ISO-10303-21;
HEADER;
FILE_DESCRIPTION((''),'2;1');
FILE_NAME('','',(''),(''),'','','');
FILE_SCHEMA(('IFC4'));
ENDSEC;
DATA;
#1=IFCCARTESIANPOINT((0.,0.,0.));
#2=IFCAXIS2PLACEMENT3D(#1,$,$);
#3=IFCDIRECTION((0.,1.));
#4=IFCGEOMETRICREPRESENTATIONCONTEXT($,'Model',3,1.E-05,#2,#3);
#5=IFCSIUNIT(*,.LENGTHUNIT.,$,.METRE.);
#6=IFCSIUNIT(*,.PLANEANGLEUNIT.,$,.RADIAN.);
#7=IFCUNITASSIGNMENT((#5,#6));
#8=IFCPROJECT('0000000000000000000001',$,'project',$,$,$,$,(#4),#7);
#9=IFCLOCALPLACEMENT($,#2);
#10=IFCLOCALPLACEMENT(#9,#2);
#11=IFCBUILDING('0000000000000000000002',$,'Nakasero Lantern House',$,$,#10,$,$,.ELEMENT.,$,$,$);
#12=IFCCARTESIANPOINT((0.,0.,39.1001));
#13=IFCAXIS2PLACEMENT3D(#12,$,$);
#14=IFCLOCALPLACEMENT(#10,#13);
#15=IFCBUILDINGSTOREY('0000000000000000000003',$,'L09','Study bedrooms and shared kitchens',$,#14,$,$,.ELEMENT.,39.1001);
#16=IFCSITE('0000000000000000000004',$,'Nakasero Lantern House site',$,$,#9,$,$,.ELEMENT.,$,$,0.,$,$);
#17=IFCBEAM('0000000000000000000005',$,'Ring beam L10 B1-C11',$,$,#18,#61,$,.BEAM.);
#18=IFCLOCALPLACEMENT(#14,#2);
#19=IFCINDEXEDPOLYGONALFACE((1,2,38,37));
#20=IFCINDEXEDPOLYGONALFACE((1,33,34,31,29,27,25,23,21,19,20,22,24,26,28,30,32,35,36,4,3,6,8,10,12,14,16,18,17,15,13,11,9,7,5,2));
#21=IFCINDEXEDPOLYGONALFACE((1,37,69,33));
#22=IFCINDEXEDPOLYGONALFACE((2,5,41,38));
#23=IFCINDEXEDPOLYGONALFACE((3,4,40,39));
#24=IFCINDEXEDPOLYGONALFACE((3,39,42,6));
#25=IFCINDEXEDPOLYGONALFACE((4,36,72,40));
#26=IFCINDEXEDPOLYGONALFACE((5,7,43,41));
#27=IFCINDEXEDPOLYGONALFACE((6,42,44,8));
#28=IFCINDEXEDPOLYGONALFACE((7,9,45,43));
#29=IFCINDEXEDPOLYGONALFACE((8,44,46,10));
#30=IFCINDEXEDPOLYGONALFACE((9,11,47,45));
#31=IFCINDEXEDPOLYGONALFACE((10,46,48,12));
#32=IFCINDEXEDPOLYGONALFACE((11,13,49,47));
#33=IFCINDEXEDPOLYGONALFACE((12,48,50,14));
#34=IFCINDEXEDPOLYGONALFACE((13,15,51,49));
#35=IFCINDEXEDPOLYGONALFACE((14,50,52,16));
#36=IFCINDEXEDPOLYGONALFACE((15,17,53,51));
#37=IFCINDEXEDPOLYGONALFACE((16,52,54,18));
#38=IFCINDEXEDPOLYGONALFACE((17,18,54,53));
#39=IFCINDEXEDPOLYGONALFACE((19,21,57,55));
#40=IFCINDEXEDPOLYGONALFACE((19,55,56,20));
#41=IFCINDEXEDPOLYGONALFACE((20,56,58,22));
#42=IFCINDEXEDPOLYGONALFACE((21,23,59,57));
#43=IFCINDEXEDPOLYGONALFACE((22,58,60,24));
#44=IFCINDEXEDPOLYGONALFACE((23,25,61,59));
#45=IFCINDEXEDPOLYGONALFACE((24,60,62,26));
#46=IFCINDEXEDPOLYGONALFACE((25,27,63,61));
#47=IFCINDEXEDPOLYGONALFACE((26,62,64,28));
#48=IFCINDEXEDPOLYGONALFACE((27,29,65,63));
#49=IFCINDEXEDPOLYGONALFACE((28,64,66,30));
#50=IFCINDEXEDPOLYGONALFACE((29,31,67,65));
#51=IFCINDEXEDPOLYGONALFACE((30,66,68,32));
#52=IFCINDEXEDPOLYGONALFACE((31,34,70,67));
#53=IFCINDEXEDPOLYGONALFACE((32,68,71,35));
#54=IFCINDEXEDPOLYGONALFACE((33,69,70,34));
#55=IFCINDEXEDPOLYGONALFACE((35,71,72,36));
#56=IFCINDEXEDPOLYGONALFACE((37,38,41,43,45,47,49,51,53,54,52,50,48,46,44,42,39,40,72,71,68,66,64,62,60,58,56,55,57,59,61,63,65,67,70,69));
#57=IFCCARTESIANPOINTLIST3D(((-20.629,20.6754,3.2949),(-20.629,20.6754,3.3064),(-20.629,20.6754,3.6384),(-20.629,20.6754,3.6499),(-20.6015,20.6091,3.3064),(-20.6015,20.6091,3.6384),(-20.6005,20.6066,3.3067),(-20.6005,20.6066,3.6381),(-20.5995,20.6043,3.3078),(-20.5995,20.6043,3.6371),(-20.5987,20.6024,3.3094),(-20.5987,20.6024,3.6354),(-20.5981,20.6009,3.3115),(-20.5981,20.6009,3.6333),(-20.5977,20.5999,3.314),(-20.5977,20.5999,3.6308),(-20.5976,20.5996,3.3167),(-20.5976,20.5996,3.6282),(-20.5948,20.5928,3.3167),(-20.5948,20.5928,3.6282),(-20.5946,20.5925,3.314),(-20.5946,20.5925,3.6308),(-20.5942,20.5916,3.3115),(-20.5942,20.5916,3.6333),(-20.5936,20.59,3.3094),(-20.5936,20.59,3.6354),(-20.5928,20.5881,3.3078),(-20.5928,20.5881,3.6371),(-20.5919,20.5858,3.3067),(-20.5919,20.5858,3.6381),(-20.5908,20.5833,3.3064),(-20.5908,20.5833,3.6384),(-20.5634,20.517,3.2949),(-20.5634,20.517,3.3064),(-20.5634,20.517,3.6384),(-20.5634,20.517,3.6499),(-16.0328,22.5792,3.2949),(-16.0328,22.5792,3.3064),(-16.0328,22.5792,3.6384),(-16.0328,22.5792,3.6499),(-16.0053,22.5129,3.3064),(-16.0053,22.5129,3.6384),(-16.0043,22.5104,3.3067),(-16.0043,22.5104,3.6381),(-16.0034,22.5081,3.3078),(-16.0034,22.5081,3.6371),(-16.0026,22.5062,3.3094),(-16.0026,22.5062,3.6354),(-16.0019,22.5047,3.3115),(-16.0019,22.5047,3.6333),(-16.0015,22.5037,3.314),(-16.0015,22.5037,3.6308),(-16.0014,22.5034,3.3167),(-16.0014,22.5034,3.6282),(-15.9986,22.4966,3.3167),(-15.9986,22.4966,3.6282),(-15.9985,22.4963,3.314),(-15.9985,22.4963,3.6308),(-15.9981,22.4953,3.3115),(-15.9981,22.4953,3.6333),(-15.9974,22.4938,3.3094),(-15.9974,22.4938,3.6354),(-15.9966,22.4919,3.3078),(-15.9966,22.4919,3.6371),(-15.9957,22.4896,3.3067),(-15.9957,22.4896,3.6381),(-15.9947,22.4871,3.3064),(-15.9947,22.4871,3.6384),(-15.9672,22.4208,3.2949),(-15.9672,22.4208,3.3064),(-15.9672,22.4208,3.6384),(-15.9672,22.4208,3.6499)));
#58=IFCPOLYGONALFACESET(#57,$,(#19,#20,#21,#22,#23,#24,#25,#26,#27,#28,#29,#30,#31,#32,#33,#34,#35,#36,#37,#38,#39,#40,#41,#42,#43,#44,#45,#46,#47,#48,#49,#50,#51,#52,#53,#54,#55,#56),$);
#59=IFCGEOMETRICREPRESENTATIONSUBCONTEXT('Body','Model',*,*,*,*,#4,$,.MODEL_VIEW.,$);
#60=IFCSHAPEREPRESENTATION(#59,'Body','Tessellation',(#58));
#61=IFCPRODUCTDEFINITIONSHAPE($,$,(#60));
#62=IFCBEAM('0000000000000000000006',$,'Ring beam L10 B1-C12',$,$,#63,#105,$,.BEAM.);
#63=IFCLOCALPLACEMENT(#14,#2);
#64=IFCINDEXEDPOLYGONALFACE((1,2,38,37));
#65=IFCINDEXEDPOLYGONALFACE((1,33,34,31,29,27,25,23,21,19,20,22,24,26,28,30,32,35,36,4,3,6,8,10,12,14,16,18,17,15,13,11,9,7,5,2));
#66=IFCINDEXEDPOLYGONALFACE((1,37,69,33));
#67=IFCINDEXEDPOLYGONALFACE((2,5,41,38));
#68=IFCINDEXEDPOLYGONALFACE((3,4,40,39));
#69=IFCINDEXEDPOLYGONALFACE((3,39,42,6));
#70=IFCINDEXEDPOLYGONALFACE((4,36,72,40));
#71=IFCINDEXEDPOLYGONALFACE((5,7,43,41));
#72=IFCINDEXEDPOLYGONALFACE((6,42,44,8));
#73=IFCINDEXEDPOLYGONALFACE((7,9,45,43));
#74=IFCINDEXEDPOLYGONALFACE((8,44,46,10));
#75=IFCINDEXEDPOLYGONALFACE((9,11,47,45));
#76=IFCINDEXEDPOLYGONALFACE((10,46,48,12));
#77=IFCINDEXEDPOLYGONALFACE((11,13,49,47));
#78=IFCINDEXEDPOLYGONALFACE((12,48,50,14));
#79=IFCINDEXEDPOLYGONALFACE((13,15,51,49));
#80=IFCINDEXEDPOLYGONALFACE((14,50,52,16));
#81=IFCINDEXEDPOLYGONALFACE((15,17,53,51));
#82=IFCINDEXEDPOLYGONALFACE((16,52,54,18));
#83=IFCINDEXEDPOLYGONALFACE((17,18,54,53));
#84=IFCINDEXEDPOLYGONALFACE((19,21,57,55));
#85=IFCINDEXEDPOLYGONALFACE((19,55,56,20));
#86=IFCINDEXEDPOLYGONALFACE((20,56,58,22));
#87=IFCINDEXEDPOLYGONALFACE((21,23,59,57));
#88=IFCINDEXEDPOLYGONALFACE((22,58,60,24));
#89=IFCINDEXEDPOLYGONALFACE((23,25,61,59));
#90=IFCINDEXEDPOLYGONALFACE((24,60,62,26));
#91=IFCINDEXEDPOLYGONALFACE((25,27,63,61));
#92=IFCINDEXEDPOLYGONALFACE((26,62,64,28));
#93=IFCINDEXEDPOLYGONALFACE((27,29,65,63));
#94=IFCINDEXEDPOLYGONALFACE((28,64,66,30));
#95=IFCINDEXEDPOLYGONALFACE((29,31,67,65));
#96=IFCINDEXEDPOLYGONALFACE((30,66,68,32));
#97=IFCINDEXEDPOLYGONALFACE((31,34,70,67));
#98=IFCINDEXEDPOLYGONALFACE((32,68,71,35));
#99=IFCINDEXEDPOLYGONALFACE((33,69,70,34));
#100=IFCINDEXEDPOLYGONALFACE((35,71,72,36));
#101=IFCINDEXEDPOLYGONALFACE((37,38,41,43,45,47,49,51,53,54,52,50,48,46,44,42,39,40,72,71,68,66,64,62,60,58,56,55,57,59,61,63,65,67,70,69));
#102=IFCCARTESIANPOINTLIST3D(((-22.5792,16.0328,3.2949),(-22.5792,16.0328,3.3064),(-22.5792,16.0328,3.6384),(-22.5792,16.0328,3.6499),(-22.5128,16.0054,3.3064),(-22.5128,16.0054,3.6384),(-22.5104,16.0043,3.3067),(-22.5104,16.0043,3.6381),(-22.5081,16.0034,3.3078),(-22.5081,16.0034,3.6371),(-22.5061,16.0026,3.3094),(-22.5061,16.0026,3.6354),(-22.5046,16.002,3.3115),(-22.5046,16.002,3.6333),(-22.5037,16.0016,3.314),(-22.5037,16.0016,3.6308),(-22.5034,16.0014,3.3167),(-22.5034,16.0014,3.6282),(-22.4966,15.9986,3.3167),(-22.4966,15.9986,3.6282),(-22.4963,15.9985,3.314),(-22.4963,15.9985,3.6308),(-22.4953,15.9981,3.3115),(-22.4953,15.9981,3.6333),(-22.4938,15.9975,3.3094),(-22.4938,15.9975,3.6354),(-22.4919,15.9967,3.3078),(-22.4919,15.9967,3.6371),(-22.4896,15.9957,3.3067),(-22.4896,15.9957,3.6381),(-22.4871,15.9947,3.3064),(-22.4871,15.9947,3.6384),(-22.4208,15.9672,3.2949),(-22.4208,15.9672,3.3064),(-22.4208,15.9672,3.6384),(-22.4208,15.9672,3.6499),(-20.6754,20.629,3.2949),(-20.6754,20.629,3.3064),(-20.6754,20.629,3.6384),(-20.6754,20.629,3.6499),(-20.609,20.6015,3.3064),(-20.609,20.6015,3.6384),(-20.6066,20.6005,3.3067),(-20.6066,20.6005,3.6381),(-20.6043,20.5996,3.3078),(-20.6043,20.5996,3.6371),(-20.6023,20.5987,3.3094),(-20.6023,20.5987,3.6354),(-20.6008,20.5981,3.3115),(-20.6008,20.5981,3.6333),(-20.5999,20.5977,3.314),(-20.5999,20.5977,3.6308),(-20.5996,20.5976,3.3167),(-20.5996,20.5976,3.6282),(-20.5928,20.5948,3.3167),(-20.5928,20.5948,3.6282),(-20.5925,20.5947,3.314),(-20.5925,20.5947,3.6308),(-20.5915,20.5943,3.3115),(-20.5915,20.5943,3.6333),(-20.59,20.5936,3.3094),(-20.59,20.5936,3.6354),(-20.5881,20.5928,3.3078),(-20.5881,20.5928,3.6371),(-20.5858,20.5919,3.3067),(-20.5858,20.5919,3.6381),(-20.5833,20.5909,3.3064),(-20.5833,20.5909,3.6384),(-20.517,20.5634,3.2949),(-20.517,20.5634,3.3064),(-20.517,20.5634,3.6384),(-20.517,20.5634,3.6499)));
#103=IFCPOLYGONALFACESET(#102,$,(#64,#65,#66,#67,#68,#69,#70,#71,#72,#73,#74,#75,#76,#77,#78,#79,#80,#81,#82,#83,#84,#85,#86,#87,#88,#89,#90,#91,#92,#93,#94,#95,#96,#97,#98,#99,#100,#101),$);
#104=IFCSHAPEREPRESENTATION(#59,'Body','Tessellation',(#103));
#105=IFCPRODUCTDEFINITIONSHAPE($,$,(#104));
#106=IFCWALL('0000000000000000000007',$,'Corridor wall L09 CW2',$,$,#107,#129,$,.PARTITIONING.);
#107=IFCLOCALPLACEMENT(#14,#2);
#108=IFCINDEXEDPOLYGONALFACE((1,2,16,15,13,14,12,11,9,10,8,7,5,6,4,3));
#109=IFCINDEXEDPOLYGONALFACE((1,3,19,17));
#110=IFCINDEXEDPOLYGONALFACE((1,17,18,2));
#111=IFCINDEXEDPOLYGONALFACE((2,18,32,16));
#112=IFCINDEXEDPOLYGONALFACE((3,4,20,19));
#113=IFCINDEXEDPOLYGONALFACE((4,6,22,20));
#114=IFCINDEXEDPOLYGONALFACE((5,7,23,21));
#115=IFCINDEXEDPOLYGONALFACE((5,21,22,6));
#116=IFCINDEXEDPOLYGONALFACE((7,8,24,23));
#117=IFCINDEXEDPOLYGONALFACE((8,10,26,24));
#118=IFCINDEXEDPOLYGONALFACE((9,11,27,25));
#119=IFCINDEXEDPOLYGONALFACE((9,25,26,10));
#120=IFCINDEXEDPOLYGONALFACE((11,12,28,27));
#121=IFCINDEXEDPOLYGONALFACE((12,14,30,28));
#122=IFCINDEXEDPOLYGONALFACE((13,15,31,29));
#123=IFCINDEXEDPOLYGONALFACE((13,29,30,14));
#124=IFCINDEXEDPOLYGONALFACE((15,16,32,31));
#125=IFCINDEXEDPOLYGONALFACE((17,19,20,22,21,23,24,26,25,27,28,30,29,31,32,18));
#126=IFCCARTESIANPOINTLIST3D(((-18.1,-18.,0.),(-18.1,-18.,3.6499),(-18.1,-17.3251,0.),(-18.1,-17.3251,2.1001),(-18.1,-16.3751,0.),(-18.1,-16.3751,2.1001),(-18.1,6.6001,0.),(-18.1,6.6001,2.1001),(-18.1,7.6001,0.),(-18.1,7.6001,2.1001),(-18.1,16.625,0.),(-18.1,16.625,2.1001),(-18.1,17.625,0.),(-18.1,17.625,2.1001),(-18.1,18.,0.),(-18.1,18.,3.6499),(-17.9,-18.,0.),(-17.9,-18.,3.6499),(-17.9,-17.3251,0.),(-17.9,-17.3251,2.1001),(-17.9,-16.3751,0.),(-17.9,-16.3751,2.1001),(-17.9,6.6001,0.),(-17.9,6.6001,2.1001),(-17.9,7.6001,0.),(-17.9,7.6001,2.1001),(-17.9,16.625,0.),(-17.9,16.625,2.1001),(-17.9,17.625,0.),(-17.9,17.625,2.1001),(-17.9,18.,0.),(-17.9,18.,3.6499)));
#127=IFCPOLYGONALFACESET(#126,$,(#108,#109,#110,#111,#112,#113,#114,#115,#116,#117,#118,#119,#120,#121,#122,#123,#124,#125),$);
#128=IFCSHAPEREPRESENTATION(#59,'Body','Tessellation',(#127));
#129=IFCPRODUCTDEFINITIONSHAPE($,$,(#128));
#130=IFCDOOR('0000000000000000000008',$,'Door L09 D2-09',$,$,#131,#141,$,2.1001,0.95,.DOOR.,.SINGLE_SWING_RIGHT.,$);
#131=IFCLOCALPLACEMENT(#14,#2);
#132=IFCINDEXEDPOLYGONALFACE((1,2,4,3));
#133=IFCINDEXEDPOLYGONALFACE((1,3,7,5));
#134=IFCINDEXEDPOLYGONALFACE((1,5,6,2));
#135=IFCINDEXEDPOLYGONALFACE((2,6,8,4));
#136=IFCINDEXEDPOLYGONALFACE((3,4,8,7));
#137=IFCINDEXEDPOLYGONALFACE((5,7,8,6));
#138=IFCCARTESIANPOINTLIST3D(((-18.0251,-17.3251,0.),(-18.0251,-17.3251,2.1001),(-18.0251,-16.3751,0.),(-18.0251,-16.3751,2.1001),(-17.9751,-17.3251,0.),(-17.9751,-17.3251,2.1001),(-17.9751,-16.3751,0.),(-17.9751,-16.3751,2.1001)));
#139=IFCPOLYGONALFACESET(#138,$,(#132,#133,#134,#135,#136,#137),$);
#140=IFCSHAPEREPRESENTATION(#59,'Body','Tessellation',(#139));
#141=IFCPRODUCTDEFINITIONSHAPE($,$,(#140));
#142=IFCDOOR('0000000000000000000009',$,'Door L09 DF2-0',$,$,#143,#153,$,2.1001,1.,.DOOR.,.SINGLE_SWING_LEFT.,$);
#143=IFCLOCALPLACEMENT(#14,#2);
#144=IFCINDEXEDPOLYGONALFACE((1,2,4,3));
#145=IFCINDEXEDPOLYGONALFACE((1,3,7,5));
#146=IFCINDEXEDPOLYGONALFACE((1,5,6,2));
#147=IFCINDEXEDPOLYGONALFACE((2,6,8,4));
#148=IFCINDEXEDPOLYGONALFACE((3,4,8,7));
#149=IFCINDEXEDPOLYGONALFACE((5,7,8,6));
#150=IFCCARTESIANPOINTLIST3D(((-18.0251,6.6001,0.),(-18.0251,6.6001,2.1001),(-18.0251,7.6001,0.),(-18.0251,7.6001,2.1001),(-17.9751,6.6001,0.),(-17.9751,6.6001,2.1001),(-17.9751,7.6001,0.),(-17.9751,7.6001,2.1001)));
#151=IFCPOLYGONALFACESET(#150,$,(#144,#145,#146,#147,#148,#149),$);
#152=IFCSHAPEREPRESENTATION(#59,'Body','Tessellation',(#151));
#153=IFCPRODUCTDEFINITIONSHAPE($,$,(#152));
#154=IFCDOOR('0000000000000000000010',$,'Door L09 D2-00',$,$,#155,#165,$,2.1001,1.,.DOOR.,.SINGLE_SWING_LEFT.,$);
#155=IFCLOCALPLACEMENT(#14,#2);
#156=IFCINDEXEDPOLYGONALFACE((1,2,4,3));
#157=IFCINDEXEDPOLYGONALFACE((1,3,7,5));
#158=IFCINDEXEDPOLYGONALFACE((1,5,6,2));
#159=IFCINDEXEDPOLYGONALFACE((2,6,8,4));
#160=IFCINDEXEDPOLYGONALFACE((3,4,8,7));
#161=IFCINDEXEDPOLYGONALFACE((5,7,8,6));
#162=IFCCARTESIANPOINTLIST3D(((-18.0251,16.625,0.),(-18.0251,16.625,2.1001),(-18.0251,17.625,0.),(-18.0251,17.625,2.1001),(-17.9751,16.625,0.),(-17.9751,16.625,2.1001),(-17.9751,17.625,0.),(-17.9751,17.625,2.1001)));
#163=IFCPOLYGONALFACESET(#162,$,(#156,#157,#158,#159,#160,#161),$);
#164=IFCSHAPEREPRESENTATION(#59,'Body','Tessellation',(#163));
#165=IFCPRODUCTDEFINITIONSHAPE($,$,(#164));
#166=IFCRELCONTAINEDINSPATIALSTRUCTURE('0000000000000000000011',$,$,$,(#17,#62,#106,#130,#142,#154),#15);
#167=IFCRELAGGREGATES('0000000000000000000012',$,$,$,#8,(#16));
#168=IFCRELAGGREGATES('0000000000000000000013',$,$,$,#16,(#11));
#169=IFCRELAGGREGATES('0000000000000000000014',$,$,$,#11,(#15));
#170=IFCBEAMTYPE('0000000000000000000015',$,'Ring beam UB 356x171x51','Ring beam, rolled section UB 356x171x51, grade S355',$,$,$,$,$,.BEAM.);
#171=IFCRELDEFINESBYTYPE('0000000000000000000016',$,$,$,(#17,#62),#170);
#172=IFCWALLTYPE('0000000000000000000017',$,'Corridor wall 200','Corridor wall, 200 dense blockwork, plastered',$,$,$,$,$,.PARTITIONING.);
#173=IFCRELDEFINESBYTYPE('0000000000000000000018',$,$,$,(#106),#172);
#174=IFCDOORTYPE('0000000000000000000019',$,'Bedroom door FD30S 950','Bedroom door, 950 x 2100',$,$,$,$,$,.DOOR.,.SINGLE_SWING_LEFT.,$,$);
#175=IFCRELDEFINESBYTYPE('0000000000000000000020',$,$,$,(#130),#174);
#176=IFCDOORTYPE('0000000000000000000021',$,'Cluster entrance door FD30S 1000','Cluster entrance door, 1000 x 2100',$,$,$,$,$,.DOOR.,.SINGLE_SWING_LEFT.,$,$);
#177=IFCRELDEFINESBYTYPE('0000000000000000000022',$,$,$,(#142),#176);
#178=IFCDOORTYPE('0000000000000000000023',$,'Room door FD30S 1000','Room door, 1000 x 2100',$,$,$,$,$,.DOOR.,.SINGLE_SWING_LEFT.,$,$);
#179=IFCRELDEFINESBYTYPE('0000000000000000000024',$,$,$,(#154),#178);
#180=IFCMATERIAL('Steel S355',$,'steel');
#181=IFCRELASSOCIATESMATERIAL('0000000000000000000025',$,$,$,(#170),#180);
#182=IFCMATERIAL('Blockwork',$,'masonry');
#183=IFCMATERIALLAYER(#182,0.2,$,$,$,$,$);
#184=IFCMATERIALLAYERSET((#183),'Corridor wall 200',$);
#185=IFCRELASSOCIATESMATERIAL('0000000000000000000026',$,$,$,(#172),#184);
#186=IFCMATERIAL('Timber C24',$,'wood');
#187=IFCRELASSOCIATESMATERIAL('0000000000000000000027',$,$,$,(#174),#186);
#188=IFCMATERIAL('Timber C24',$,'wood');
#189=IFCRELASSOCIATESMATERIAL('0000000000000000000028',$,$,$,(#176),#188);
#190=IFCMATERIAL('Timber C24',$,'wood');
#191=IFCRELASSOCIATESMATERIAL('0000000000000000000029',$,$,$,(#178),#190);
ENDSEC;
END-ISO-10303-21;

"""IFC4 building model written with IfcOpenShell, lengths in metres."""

from ifc_helpers import new_model, si_unit, direction, frame, frame_2d, origin, origin_2d, place, context, subcontext, project, spatial, rectangle, i_section, extrude, material, layer, layer_set, material_profile, profile_set, type_object, element, fill, save


model = new_model("IFC4")

# Units and contexts
model_context = context("Model", 3, precision=1e-05, world=origin(), true_north=direction((0.0, 1.0)))
body_context = subcontext(model_context, "Body", "Model", "MODEL_VIEW")
ifc_project = project(units=[si_unit("LENGTHUNIT", "METRE"), si_unit("PLANEANGLEUNIT", "RADIAN")], contexts=[model_context])

# Site, building, storey
site_placement = place(None, origin())
site = spatial("IfcSite", under=ifc_project, at=site_placement, Name="Nakasero Lantern House site", CompositionType="ELEMENT", RefElevation=0.0)
building_placement = place(site_placement, origin())
building = spatial("IfcBuilding", under=site, at=building_placement, Name="Nakasero Lantern House", CompositionType="ELEMENT")
storey_placement = place(building_placement, frame((0.0, 0.0, 39.1001)))
storey = spatial("IfcBuildingStorey", under=building, at=storey_placement, Name="L09", Description="Study bedrooms and shared kitchens", CompositionType="ELEMENT", Elevation=39.1001)

# Beams
ifc_material_1 = material(Name="Steel S355", Category="steel")
ifc_material_profile_1 = material_profile(ifc_material_1, i_section(OverallWidth=0.1714, OverallDepth=0.355, WebThickness=0.0073, FlangeThickness=0.0115, FilletRadius=0.0103, at=origin_2d()), Name="UB 356x171x51")
ifc_profile_set_1 = profile_set([ifc_material_profile_1], Name="Steel S355")
beam_type_1 = type_object("IfcBeamType", Name="Ring beam UB 356x171x51", Description="Ring beam, rolled section UB 356x171x51, grade S355", PredefinedType="BEAM", material=ifc_profile_set_1)
for number, where, z_axis, x_axis, name in (
    (1, (-16.0, 22.5, 3.4724), (-0.923879, -0.382684, 0.0), (0.382684, -0.923879, 0.0), "Ring beam L10 B1-C11"),
    (2, (-20.5962, 20.5962, 3.4724), (-0.382684, -0.923879, 0.0), (0.923879, -0.382684, 0.0), "Ring beam L10 B1-C12"),
):
    element("IfcBeam", number, at=place(storey_placement, frame(where, z_axis=z_axis, x_axis=x_axis)), inside=storey, type_object=beam_type_1, Name=name, PredefinedType="BEAM", context=body_context, shape_type="SweptSolid", body=[
        extrude(i_section(OverallWidth=0.1714, OverallDepth=0.355, WebThickness=0.0073, FlangeThickness=0.0115, FilletRadius=0.0103, at=origin_2d()), origin(), (0.0, 0.0, 1.0), 4.9749),
    ])

# Wall, openings, doors
ifc_material_2 = material(Name="Blockwork", Category="masonry")
ifc_layer_1 = layer(ifc_material_2, 0.2)
ifc_layer_set_1 = layer_set([ifc_layer_1], Name="Corridor wall 200")
wall_type_1 = type_object("IfcWallType", Name="Corridor wall 200", Description="Corridor wall, 200 dense blockwork, plastered", PredefinedType="PARTITIONING", material=ifc_layer_set_1)
wall_1_placement = place(storey_placement, frame((-18.0, 18.0, 0.0), z_axis=(0.0, 0.0, 1.0), x_axis=(0.0, -1.0, 0.0)))
wall_1 = element("IfcWall", 3, at=wall_1_placement, inside=storey, type_object=wall_type_1, Name="Corridor wall L09 CW2", PredefinedType="PARTITIONING", context=body_context, shape_type="SweptSolid", body=[
    extrude(rectangle(XDim=36.0, YDim=0.2, at=frame_2d((18.0, 0.0))), origin(), (0.0, 0.0, 1.0), 3.6499),
])
opening_1_placement = place(wall_1_placement, frame((10.3999, 0.0, 0.0)))
opening_1 = element("IfcOpeningElement", 4, at=opening_1_placement, cuts=wall_1, PredefinedType="OPENING", context=body_context, shape_type="SweptSolid", body=[
    extrude(rectangle(XDim=1.0, YDim=2.1001, at=frame_2d((0.5, 1.05))), frame((0.0, 0.1199, 0.0), z_axis=(0.0, -1.0, 0.0), x_axis=(1.0, 0.0, 0.0)), (0.0, 0.0, 1.0), 0.24),
])
opening_2_placement = place(wall_1_placement, frame((0.375, 0.0, 0.0)))
opening_2 = element("IfcOpeningElement", 5, at=opening_2_placement, cuts=wall_1, PredefinedType="OPENING", context=body_context, shape_type="SweptSolid", body=[
    extrude(rectangle(XDim=1.0, YDim=2.1001, at=frame_2d((0.5, 1.05))), frame((0.0, 0.1199, 0.0), z_axis=(0.0, -1.0, 0.0), x_axis=(1.0, 0.0, 0.0)), (0.0, 0.0, 1.0), 0.24),
])
opening_3_placement = place(wall_1_placement, frame((34.375, 0.0, 0.0)))
opening_3 = element("IfcOpeningElement", 6, at=opening_3_placement, cuts=wall_1, PredefinedType="OPENING", context=body_context, shape_type="SweptSolid", body=[
    extrude(rectangle(XDim=0.95, YDim=2.1001, at=frame_2d((0.4751, 1.05))), frame((0.0, 0.1199, 0.0), z_axis=(0.0, -1.0, 0.0), x_axis=(1.0, 0.0, 0.0)), (0.0, 0.0, 1.0), 0.24),
])
ifc_material_3 = material(Name="Timber C24", Category="wood")
door_type_1 = type_object("IfcDoorType", Name="Bedroom door FD30S 950", Description="Bedroom door, 950 x 2100", OperationType="SINGLE_SWING_LEFT", PredefinedType="DOOR", material=ifc_material_3)
door_1_placement = place(opening_3_placement, origin())
door_1 = element("IfcDoor", 7, at=door_1_placement, inside=storey, type_object=door_type_1, Name="Door L09 D2-09", OperationType="SINGLE_SWING_RIGHT", OverallHeight=2.1001, OverallWidth=0.95, PredefinedType="DOOR", context=body_context, shape_type="SweptSolid", body=[
    extrude(rectangle(XDim=0.95, YDim=2.1001, at=frame_2d((0.4751, 1.05))), frame((0.0, 0.0249, 0.0), z_axis=(0.0, -1.0, 0.0), x_axis=(1.0, 0.0, 0.0)), (0.0, 0.0, 1.0), 0.05),
])
fill(opening_3, door_1)
ifc_material_4 = material(Name="Timber C24", Category="wood")
door_type_2 = type_object("IfcDoorType", Name="Cluster entrance door FD30S 1000", Description="Cluster entrance door, 1000 x 2100", OperationType="SINGLE_SWING_LEFT", PredefinedType="DOOR", material=ifc_material_4)
door_2_placement = place(opening_1_placement, origin())
door_2 = element("IfcDoor", 8, at=door_2_placement, inside=storey, type_object=door_type_2, Name="Door L09 DF2-0", OperationType="SINGLE_SWING_LEFT", OverallHeight=2.1001, OverallWidth=1.0, PredefinedType="DOOR", context=body_context, shape_type="SweptSolid", body=[
    extrude(rectangle(XDim=1.0, YDim=2.1001, at=frame_2d((0.5, 1.05))), frame((0.0, 0.0249, 0.0), z_axis=(0.0, -1.0, 0.0), x_axis=(1.0, 0.0, 0.0)), (0.0, 0.0, 1.0), 0.05),
])
fill(opening_1, door_2)
ifc_material_5 = material(Name="Timber C24", Category="wood")
door_type_3 = type_object("IfcDoorType", Name="Room door FD30S 1000", Description="Room door, 1000 x 2100", OperationType="SINGLE_SWING_LEFT", PredefinedType="DOOR", material=ifc_material_5)
door_3_placement = place(opening_2_placement, origin())
door_3 = element("IfcDoor", 9, at=door_3_placement, inside=storey, type_object=door_type_3, Name="Door L09 D2-00", OperationType="SINGLE_SWING_LEFT", OverallHeight=2.1001, OverallWidth=1.0, PredefinedType="DOOR", context=body_context, shape_type="SweptSolid", body=[
    extrude(rectangle(XDim=1.0, YDim=2.1001, at=frame_2d((0.5, 1.05))), frame((0.0, 0.0249, 0.0), z_axis=(0.0, -1.0, 0.0), x_axis=(1.0, 0.0, 0.0)), (0.0, 0.0, 1.0), 0.05),
])
fill(opening_2, door_3)

save(model, "model.ifc")
